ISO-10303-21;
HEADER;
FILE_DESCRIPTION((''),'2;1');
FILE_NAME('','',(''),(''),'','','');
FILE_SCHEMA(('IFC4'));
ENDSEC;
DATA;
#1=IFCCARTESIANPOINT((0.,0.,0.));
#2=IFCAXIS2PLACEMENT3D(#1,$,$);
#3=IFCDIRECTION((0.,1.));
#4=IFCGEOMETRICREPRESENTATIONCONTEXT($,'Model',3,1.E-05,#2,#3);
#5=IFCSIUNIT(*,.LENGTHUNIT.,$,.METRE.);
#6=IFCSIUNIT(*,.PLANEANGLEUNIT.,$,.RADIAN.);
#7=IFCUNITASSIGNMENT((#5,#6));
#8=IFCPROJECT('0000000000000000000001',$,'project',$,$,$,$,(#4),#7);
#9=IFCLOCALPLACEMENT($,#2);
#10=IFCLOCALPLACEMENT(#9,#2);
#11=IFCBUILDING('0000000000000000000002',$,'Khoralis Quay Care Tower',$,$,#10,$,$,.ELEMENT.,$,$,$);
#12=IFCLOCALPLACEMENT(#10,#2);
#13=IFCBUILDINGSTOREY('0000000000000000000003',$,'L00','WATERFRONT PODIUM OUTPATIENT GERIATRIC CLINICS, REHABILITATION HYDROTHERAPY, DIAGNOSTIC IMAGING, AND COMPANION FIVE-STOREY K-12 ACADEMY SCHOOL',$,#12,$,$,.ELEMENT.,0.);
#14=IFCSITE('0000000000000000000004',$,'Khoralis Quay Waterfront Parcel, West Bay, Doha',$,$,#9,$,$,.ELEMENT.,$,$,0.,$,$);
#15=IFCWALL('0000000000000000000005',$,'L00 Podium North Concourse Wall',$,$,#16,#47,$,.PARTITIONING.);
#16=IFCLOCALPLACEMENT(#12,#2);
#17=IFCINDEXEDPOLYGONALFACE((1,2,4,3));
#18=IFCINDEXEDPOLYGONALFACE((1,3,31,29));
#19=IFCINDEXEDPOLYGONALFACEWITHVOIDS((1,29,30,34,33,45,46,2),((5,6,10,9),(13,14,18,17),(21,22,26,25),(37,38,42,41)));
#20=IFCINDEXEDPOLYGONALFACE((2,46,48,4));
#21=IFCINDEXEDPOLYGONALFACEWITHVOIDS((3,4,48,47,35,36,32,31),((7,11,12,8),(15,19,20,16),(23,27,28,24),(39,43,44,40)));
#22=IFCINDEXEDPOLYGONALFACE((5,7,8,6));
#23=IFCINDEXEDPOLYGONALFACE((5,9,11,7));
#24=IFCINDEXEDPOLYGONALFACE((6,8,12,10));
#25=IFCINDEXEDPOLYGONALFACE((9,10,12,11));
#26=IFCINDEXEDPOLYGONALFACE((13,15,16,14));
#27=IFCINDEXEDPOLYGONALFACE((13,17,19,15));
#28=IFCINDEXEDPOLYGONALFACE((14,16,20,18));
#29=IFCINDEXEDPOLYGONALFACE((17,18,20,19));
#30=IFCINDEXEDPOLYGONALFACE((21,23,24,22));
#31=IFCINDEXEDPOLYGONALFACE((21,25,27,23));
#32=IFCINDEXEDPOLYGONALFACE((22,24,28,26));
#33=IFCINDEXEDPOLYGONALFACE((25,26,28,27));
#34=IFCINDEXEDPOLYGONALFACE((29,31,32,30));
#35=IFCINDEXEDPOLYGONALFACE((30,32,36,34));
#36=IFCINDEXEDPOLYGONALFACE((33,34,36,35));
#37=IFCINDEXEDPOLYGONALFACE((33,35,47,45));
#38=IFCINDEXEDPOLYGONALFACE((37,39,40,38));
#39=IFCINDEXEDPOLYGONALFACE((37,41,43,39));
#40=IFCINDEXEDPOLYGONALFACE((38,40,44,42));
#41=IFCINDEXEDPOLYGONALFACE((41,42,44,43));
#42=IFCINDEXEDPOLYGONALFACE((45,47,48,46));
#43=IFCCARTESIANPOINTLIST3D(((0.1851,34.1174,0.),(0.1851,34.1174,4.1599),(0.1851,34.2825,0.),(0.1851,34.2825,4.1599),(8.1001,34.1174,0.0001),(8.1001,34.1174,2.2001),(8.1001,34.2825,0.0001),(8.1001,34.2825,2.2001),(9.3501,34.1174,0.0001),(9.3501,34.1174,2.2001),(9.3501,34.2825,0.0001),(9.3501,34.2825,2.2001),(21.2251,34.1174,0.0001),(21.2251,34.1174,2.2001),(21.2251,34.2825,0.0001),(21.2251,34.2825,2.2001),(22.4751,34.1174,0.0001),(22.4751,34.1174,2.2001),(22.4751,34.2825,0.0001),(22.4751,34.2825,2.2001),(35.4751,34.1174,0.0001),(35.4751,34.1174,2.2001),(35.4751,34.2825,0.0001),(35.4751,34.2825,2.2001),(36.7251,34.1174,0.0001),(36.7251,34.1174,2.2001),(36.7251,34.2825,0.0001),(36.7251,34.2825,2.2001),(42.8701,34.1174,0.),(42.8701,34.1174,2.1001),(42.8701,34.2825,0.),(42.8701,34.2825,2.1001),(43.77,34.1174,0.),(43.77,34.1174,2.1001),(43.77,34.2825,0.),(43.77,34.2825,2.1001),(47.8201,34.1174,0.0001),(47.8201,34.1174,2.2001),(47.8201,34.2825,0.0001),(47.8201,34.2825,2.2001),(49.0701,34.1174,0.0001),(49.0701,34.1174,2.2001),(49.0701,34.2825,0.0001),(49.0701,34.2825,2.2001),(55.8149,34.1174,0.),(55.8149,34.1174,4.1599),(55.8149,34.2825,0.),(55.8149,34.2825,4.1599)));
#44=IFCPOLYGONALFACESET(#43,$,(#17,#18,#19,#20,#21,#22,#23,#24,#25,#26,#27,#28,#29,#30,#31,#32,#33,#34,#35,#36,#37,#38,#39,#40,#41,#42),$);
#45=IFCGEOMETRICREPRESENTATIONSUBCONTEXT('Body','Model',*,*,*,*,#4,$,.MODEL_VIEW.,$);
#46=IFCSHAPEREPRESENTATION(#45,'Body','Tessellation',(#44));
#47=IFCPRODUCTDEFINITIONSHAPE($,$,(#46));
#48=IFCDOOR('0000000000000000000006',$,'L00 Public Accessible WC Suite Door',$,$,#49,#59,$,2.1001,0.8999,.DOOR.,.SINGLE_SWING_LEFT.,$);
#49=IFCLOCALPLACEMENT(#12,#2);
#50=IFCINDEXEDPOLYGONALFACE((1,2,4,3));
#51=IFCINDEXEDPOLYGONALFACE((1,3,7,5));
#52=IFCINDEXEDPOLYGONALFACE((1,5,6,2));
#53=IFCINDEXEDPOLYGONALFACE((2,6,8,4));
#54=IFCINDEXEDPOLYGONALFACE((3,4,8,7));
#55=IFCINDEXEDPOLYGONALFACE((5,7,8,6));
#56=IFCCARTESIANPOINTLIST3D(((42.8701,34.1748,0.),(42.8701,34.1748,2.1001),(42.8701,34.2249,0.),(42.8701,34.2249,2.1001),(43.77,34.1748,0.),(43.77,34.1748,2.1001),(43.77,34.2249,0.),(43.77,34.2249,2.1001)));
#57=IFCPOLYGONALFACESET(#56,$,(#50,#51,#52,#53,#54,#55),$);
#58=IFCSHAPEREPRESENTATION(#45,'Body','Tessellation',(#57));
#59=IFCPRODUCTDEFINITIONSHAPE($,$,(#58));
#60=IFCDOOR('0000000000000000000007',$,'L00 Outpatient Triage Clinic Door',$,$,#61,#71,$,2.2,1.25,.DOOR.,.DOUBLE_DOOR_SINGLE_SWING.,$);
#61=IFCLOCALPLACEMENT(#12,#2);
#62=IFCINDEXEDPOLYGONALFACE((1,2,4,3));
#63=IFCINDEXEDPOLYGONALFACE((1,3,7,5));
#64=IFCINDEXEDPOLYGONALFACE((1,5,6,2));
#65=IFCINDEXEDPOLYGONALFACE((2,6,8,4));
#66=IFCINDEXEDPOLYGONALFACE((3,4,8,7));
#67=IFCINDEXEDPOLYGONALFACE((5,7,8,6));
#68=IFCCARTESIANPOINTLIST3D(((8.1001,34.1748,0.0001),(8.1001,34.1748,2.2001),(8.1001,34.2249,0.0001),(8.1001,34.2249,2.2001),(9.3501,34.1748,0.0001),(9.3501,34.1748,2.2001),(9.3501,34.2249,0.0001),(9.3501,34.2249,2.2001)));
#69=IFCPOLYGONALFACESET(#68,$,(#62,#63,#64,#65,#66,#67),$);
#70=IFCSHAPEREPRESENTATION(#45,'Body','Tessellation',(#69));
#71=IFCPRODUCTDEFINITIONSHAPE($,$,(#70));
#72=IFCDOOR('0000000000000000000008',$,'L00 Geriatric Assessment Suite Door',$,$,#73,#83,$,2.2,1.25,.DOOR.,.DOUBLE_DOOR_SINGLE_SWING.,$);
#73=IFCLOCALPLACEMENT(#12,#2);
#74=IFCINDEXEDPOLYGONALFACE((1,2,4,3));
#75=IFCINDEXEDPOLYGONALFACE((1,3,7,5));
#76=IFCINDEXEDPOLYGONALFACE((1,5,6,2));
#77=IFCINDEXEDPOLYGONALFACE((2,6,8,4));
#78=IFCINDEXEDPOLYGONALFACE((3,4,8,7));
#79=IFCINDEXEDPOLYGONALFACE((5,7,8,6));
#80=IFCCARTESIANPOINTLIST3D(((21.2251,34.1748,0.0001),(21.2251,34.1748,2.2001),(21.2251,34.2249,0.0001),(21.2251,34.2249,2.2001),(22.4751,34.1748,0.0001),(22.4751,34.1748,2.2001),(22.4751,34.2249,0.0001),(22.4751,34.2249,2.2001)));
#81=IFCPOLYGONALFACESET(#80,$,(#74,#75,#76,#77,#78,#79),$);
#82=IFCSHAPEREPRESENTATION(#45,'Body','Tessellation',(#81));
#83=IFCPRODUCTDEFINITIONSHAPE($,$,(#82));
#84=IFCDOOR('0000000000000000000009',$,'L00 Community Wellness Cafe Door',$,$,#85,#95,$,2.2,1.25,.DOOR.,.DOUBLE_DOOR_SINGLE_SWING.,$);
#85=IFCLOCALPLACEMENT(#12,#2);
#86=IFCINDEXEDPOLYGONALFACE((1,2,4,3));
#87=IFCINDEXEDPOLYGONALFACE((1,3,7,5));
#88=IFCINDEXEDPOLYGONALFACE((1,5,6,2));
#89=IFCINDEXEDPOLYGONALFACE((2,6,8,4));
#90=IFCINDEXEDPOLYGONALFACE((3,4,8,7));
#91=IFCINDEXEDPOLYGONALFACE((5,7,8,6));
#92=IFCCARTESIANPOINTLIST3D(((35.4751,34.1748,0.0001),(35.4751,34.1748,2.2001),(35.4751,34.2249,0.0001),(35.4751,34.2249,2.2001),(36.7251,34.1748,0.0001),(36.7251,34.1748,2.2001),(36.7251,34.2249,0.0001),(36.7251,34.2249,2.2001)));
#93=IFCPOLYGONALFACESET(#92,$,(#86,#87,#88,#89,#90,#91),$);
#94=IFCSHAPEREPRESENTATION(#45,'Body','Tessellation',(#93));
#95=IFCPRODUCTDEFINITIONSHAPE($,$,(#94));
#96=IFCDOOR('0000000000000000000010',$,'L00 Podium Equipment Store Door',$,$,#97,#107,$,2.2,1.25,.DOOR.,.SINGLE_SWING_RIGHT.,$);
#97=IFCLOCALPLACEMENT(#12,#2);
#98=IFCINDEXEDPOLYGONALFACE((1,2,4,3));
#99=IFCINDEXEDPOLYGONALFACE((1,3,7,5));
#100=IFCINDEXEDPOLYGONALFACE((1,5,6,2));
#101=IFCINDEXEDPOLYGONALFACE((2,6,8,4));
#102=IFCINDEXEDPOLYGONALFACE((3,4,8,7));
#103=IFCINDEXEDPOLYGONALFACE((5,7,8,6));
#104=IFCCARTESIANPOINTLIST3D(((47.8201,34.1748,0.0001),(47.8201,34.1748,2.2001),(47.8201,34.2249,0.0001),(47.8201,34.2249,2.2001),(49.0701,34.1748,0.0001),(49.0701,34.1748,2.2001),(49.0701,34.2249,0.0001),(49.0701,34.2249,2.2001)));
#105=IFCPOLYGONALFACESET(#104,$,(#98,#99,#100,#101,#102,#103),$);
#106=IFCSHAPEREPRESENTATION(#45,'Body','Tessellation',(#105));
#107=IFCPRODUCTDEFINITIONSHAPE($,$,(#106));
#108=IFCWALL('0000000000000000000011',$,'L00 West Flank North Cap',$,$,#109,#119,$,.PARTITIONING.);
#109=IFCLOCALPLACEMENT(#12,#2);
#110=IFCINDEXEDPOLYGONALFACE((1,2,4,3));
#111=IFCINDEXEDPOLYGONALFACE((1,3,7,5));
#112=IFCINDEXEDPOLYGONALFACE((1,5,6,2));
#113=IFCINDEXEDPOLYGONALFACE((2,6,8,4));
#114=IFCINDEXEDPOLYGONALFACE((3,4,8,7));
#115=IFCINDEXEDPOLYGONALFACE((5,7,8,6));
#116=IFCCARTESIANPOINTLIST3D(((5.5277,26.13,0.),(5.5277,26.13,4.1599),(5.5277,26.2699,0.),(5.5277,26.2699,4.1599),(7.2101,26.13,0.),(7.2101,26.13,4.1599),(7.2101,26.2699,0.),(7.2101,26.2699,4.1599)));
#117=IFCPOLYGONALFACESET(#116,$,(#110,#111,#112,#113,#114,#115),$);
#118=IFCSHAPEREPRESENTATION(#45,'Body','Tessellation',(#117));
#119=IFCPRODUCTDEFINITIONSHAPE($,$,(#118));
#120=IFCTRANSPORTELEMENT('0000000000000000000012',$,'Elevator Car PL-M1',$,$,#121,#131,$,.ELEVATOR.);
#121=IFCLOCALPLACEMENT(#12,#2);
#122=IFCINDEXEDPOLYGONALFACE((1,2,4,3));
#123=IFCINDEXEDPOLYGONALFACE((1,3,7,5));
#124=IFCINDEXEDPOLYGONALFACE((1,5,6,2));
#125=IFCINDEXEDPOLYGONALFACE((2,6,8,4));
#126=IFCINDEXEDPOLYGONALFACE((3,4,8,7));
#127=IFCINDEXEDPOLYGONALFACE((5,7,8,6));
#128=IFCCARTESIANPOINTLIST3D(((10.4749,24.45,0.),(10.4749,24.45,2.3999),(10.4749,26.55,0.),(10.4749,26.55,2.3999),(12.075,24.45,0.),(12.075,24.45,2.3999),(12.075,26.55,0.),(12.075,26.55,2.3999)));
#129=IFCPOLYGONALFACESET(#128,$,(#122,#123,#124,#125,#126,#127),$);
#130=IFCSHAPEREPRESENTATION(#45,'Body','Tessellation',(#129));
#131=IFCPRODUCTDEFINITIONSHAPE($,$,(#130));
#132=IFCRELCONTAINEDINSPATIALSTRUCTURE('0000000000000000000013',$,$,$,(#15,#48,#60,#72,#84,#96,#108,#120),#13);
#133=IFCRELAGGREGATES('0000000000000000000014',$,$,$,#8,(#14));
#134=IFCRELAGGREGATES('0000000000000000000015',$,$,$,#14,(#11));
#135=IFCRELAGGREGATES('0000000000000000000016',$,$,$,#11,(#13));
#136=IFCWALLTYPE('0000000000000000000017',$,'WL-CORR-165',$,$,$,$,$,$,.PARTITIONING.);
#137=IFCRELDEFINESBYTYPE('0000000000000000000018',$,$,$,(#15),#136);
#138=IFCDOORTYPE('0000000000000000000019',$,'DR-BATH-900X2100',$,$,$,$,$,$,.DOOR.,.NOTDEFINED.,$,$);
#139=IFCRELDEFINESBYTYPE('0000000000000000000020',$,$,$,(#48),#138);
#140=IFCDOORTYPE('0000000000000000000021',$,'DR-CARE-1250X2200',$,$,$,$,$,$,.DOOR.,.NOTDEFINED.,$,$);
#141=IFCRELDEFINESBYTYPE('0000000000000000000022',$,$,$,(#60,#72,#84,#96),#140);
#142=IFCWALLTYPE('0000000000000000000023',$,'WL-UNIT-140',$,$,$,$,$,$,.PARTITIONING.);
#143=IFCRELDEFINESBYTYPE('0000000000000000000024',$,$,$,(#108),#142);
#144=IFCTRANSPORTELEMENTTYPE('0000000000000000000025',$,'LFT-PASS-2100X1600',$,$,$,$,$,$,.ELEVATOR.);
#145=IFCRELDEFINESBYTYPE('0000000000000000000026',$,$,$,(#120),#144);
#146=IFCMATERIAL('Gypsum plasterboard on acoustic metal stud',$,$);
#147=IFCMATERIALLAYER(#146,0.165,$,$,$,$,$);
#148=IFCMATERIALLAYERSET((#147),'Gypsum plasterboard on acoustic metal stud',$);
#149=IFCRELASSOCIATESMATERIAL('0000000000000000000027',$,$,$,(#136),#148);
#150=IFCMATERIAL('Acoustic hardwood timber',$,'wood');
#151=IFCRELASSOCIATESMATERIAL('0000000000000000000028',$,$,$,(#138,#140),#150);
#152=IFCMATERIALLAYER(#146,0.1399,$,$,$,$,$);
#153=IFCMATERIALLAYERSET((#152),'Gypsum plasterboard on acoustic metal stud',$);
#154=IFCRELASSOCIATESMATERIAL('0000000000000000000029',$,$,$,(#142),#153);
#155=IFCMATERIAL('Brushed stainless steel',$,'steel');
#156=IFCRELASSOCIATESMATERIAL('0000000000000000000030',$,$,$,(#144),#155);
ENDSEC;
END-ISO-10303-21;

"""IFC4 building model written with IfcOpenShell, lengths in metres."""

from ifc_helpers import new_model, si_unit, direction, frame, frame_2d, origin, origin_2d, place, context, subcontext, project, spatial, rectangle, extrude, source, transform, mapped, material, layer, layer_set, type_object, element, fill, save


model = new_model("IFC4")

# Units and contexts
model_context = context("Model", 3, precision=1e-05, world=origin(), true_north=direction((0.0, 1.0)))
body_context = subcontext(model_context, "Body", "Model", "MODEL_VIEW")
ifc_project = project(units=[si_unit("LENGTHUNIT", "METRE"), si_unit("PLANEANGLEUNIT", "RADIAN")], contexts=[model_context])

# Site, building, storey
site_placement = place(None, origin())
site = spatial("IfcSite", under=ifc_project, at=site_placement, Name="Khoralis Quay Waterfront Parcel, West Bay, Doha", CompositionType="ELEMENT", RefElevation=0.0)
building_placement = place(site_placement, origin())
building = spatial("IfcBuilding", under=site, at=building_placement, Name="Khoralis Quay Care Tower", CompositionType="ELEMENT")
storey_placement = place(building_placement, origin())
storey = spatial("IfcBuildingStorey", under=building, at=storey_placement, Name="L00", Description="WATERFRONT PODIUM OUTPATIENT GERIATRIC CLINICS, REHABILITATION HYDROTHERAPY, DIAGNOSTIC IMAGING, AND COMPANION FIVE-STOREY K-12 ACADEMY SCHOOL", CompositionType="ELEMENT", Elevation=0.0)

# Shared definitions
ifc_material_1 = material(Name="Brushed stainless steel", Category="steel")

# Shared definitions
ifc_material_2 = material(Name="Gypsum plasterboard on acoustic metal stud")
ifc_layer_1 = layer(ifc_material_2, 0.165)
ifc_layer_set_1 = layer_set([ifc_layer_1], Name="Gypsum plasterboard on acoustic metal stud")
wall_type_1 = type_object("IfcWallType", Name="WL-CORR-165", PredefinedType="PARTITIONING", material=ifc_layer_set_1)

# Wall, openings, doors
wall_1_placement = place(storey_placement, frame((0.1851, 34.2, 0.0), z_axis=(0.0, 0.0, 1.0), x_axis=(1.0, 0.0, 0.0)))
wall_1 = element("IfcWall", 1, at=wall_1_placement, inside=storey, type_object=wall_type_1, Name="L00 Podium North Concourse Wall", PredefinedType="PARTITIONING", context=body_context, shape_type="SweptSolid", body=[
    extrude(rectangle(XDim=55.6299, YDim=0.165, at=frame_2d((27.8149, 0.0))), origin(), (0.0, 0.0, 1.0), 4.1599),
])
opening_1_placement = place(wall_1_placement, frame((7.915, 0.0, 0.0)))
opening_1 = element("IfcOpeningElement", 2, at=opening_1_placement, cuts=wall_1, PredefinedType="OPENING", context=body_context, shape_type="SweptSolid", body=[
    extrude(rectangle(XDim=1.25, YDim=2.2, at=frame_2d((0.625, 1.1001))), frame((0.0, 0.0925, 0.0), z_axis=(0.0, -1.0, 0.0), x_axis=(1.0, 0.0, 0.0)), (0.0, 0.0, 1.0), 0.1851),
])
opening_2_placement = place(wall_1_placement, frame((21.04, 0.0, 0.0)))
opening_2 = element("IfcOpeningElement", 3, at=opening_2_placement, cuts=wall_1, PredefinedType="OPENING", context=body_context, shape_type="SweptSolid", body=[
    extrude(rectangle(XDim=1.25, YDim=2.2, at=frame_2d((0.625, 1.1001))), frame((0.0, 0.0925, 0.0), z_axis=(0.0, -1.0, 0.0), x_axis=(1.0, 0.0, 0.0)), (0.0, 0.0, 1.0), 0.1851),
])
opening_3_placement = place(wall_1_placement, frame((35.29, 0.0, 0.0)))
opening_3 = element("IfcOpeningElement", 4, at=opening_3_placement, cuts=wall_1, PredefinedType="OPENING", context=body_context, shape_type="SweptSolid", body=[
    extrude(rectangle(XDim=1.25, YDim=2.2, at=frame_2d((0.625, 1.1001))), frame((0.0, 0.0925, 0.0), z_axis=(0.0, -1.0, 0.0), x_axis=(1.0, 0.0, 0.0)), (0.0, 0.0, 1.0), 0.1851),
])
opening_4_placement = place(wall_1_placement, frame((42.6851, 0.0, 0.0)))
opening_4 = element("IfcOpeningElement", 5, at=opening_4_placement, cuts=wall_1, PredefinedType="OPENING", context=body_context, shape_type="SweptSolid", body=[
    extrude(rectangle(XDim=0.8999, YDim=2.1001, at=frame_2d((0.45, 1.05))), frame((0.0, 0.0925, 0.0), z_axis=(0.0, -1.0, 0.0), x_axis=(1.0, 0.0, 0.0)), (0.0, 0.0, 1.0), 0.1851),
])
opening_5_placement = place(wall_1_placement, frame((47.635, 0.0, 0.0)))
opening_5 = element("IfcOpeningElement", 6, at=opening_5_placement, cuts=wall_1, PredefinedType="OPENING", context=body_context, shape_type="SweptSolid", body=[
    extrude(rectangle(XDim=1.25, YDim=2.2, at=frame_2d((0.625, 1.1001))), frame((0.0, 0.0925, 0.0), z_axis=(0.0, -1.0, 0.0), x_axis=(1.0, 0.0, 0.0)), (0.0, 0.0, 1.0), 0.1851),
])
ifc_material_3 = material(Name="Acoustic hardwood timber", Category="wood")
door_type_1 = type_object("IfcDoorType", Name="DR-BATH-900X2100", OperationType="NOTDEFINED", PredefinedType="DOOR", material=ifc_material_3)
shared_shape_1 = source(origin(), body_context, "Body", "SweptSolid", [
    extrude(rectangle(XDim=0.8999, YDim=2.1001, at=frame_2d((0.45, 1.05))), frame((0.0, 0.0249, 0.0), z_axis=(0.0, -1.0, 0.0), x_axis=(1.0, 0.0, 0.0)), (0.0, 0.0, 1.0), 0.05),
])
door_1_placement = place(opening_4_placement, origin())
door_1 = element("IfcDoor", 7, at=door_1_placement, inside=storey, type_object=door_type_1, Name="L00 Public Accessible WC Suite Door", OperationType="SINGLE_SWING_LEFT", OverallHeight=2.1001, OverallWidth=0.8999, PredefinedType="DOOR", context=body_context, shape_type="MappedRepresentation", body=[
    mapped(shared_shape_1, transform((0.0, 0.0, 0.0), scale=1.0)),
])
fill(opening_4, door_1)
door_type_2 = type_object("IfcDoorType", Name="DR-CARE-1250X2200", OperationType="NOTDEFINED", PredefinedType="DOOR", material=ifc_material_3)
shared_shape_2 = source(origin(), body_context, "Body", "SweptSolid", [
    extrude(rectangle(XDim=1.25, YDim=2.2, at=frame_2d((0.625, 1.1001))), frame((0.0, 0.0249, 0.0), z_axis=(0.0, -1.0, 0.0), x_axis=(1.0, 0.0, 0.0)), (0.0, 0.0, 1.0), 0.05),
])
door_2_placement = place(opening_1_placement, origin())
door_2 = element("IfcDoor", 8, at=door_2_placement, inside=storey, type_object=door_type_2, Name="L00 Outpatient Triage Clinic Door", OperationType="DOUBLE_DOOR_SINGLE_SWING", OverallHeight=2.2, OverallWidth=1.25, PredefinedType="DOOR", context=body_context, shape_type="MappedRepresentation", body=[
    mapped(shared_shape_2, transform((0.0, 0.0, 0.0), scale=1.0)),
])
fill(opening_1, door_2)
door_3_placement = place(opening_2_placement, origin())
door_3 = element("IfcDoor", 9, at=door_3_placement, inside=storey, type_object=door_type_2, Name="L00 Geriatric Assessment Suite Door", OperationType="DOUBLE_DOOR_SINGLE_SWING", OverallHeight=2.2, OverallWidth=1.25, PredefinedType="DOOR", context=body_context, shape_type="MappedRepresentation", body=[
    mapped(shared_shape_2, transform((0.0, 0.0, 0.0), scale=1.0)),
])
fill(opening_2, door_3)
door_4_placement = place(opening_3_placement, origin())
door_4 = element("IfcDoor", 10, at=door_4_placement, inside=storey, type_object=door_type_2, Name="L00 Community Wellness Cafe Door", OperationType="DOUBLE_DOOR_SINGLE_SWING", OverallHeight=2.2, OverallWidth=1.25, PredefinedType="DOOR", context=body_context, shape_type="MappedRepresentation", body=[
    mapped(shared_shape_2, transform((0.0, 0.0, 0.0), scale=1.0)),
])
fill(opening_3, door_4)
door_5_placement = place(opening_5_placement, origin())
door_5 = element("IfcDoor", 11, at=door_5_placement, inside=storey, type_object=door_type_2, Name="L00 Podium Equipment Store Door", OperationType="SINGLE_SWING_RIGHT", OverallHeight=2.2, OverallWidth=1.25, PredefinedType="DOOR", context=body_context, shape_type="MappedRepresentation", body=[
    mapped(shared_shape_2, transform((0.0, 0.0, 0.0), scale=1.0)),
])
fill(opening_5, door_5)

# Wall
ifc_layer_2 = layer(ifc_material_2, 0.1399)
ifc_layer_set_2 = layer_set([ifc_layer_2], Name="Gypsum plasterboard on acoustic metal stud")
wall_type_2 = type_object("IfcWallType", Name="WL-UNIT-140", PredefinedType="PARTITIONING", material=ifc_layer_set_2)
wall_2_placement = place(storey_placement, frame((5.5276, 26.2, 0.0), z_axis=(0.0, 0.0, 1.0), x_axis=(1.0, 0.0, 0.0)))
element("IfcWall", 12, at=wall_2_placement, inside=storey, type_object=wall_type_2, Name="L00 West Flank North Cap", PredefinedType="PARTITIONING", context=body_context, shape_type="SweptSolid", body=[
    extrude(rectangle(XDim=1.6824, YDim=0.1399, at=frame_2d((0.8413, 0.0))), origin(), (0.0, 0.0, 1.0), 4.1599),
])

# Transport element
transport_element_type = type_object("IfcTransportElementType", Name="LFT-PASS-2100X1600", PredefinedType="ELEVATOR", material=ifc_material_1)
shared_shape_3 = source(origin(), body_context, "Body", "SweptSolid", [
    extrude(rectangle(XDim=2.1001, YDim=1.6001, at=origin_2d()), origin(), (0.0, 0.0, 1.0), 2.3999),
])
transport_element_placement = place(storey_placement, frame((11.2749, 25.5, 0.0), z_axis=(0.0, 0.0, 1.0), x_axis=(0.0, 1.0, 0.0)))
element("IfcTransportElement", 13, at=transport_element_placement, inside=storey, type_object=transport_element_type, Name="Elevator Car PL-M1", PredefinedType="ELEVATOR", context=body_context, shape_type="MappedRepresentation", body=[
    mapped(shared_shape_3, transform((0.0, 0.0, 0.0), scale=1.0)),
])

save(model, "model.ifc")
